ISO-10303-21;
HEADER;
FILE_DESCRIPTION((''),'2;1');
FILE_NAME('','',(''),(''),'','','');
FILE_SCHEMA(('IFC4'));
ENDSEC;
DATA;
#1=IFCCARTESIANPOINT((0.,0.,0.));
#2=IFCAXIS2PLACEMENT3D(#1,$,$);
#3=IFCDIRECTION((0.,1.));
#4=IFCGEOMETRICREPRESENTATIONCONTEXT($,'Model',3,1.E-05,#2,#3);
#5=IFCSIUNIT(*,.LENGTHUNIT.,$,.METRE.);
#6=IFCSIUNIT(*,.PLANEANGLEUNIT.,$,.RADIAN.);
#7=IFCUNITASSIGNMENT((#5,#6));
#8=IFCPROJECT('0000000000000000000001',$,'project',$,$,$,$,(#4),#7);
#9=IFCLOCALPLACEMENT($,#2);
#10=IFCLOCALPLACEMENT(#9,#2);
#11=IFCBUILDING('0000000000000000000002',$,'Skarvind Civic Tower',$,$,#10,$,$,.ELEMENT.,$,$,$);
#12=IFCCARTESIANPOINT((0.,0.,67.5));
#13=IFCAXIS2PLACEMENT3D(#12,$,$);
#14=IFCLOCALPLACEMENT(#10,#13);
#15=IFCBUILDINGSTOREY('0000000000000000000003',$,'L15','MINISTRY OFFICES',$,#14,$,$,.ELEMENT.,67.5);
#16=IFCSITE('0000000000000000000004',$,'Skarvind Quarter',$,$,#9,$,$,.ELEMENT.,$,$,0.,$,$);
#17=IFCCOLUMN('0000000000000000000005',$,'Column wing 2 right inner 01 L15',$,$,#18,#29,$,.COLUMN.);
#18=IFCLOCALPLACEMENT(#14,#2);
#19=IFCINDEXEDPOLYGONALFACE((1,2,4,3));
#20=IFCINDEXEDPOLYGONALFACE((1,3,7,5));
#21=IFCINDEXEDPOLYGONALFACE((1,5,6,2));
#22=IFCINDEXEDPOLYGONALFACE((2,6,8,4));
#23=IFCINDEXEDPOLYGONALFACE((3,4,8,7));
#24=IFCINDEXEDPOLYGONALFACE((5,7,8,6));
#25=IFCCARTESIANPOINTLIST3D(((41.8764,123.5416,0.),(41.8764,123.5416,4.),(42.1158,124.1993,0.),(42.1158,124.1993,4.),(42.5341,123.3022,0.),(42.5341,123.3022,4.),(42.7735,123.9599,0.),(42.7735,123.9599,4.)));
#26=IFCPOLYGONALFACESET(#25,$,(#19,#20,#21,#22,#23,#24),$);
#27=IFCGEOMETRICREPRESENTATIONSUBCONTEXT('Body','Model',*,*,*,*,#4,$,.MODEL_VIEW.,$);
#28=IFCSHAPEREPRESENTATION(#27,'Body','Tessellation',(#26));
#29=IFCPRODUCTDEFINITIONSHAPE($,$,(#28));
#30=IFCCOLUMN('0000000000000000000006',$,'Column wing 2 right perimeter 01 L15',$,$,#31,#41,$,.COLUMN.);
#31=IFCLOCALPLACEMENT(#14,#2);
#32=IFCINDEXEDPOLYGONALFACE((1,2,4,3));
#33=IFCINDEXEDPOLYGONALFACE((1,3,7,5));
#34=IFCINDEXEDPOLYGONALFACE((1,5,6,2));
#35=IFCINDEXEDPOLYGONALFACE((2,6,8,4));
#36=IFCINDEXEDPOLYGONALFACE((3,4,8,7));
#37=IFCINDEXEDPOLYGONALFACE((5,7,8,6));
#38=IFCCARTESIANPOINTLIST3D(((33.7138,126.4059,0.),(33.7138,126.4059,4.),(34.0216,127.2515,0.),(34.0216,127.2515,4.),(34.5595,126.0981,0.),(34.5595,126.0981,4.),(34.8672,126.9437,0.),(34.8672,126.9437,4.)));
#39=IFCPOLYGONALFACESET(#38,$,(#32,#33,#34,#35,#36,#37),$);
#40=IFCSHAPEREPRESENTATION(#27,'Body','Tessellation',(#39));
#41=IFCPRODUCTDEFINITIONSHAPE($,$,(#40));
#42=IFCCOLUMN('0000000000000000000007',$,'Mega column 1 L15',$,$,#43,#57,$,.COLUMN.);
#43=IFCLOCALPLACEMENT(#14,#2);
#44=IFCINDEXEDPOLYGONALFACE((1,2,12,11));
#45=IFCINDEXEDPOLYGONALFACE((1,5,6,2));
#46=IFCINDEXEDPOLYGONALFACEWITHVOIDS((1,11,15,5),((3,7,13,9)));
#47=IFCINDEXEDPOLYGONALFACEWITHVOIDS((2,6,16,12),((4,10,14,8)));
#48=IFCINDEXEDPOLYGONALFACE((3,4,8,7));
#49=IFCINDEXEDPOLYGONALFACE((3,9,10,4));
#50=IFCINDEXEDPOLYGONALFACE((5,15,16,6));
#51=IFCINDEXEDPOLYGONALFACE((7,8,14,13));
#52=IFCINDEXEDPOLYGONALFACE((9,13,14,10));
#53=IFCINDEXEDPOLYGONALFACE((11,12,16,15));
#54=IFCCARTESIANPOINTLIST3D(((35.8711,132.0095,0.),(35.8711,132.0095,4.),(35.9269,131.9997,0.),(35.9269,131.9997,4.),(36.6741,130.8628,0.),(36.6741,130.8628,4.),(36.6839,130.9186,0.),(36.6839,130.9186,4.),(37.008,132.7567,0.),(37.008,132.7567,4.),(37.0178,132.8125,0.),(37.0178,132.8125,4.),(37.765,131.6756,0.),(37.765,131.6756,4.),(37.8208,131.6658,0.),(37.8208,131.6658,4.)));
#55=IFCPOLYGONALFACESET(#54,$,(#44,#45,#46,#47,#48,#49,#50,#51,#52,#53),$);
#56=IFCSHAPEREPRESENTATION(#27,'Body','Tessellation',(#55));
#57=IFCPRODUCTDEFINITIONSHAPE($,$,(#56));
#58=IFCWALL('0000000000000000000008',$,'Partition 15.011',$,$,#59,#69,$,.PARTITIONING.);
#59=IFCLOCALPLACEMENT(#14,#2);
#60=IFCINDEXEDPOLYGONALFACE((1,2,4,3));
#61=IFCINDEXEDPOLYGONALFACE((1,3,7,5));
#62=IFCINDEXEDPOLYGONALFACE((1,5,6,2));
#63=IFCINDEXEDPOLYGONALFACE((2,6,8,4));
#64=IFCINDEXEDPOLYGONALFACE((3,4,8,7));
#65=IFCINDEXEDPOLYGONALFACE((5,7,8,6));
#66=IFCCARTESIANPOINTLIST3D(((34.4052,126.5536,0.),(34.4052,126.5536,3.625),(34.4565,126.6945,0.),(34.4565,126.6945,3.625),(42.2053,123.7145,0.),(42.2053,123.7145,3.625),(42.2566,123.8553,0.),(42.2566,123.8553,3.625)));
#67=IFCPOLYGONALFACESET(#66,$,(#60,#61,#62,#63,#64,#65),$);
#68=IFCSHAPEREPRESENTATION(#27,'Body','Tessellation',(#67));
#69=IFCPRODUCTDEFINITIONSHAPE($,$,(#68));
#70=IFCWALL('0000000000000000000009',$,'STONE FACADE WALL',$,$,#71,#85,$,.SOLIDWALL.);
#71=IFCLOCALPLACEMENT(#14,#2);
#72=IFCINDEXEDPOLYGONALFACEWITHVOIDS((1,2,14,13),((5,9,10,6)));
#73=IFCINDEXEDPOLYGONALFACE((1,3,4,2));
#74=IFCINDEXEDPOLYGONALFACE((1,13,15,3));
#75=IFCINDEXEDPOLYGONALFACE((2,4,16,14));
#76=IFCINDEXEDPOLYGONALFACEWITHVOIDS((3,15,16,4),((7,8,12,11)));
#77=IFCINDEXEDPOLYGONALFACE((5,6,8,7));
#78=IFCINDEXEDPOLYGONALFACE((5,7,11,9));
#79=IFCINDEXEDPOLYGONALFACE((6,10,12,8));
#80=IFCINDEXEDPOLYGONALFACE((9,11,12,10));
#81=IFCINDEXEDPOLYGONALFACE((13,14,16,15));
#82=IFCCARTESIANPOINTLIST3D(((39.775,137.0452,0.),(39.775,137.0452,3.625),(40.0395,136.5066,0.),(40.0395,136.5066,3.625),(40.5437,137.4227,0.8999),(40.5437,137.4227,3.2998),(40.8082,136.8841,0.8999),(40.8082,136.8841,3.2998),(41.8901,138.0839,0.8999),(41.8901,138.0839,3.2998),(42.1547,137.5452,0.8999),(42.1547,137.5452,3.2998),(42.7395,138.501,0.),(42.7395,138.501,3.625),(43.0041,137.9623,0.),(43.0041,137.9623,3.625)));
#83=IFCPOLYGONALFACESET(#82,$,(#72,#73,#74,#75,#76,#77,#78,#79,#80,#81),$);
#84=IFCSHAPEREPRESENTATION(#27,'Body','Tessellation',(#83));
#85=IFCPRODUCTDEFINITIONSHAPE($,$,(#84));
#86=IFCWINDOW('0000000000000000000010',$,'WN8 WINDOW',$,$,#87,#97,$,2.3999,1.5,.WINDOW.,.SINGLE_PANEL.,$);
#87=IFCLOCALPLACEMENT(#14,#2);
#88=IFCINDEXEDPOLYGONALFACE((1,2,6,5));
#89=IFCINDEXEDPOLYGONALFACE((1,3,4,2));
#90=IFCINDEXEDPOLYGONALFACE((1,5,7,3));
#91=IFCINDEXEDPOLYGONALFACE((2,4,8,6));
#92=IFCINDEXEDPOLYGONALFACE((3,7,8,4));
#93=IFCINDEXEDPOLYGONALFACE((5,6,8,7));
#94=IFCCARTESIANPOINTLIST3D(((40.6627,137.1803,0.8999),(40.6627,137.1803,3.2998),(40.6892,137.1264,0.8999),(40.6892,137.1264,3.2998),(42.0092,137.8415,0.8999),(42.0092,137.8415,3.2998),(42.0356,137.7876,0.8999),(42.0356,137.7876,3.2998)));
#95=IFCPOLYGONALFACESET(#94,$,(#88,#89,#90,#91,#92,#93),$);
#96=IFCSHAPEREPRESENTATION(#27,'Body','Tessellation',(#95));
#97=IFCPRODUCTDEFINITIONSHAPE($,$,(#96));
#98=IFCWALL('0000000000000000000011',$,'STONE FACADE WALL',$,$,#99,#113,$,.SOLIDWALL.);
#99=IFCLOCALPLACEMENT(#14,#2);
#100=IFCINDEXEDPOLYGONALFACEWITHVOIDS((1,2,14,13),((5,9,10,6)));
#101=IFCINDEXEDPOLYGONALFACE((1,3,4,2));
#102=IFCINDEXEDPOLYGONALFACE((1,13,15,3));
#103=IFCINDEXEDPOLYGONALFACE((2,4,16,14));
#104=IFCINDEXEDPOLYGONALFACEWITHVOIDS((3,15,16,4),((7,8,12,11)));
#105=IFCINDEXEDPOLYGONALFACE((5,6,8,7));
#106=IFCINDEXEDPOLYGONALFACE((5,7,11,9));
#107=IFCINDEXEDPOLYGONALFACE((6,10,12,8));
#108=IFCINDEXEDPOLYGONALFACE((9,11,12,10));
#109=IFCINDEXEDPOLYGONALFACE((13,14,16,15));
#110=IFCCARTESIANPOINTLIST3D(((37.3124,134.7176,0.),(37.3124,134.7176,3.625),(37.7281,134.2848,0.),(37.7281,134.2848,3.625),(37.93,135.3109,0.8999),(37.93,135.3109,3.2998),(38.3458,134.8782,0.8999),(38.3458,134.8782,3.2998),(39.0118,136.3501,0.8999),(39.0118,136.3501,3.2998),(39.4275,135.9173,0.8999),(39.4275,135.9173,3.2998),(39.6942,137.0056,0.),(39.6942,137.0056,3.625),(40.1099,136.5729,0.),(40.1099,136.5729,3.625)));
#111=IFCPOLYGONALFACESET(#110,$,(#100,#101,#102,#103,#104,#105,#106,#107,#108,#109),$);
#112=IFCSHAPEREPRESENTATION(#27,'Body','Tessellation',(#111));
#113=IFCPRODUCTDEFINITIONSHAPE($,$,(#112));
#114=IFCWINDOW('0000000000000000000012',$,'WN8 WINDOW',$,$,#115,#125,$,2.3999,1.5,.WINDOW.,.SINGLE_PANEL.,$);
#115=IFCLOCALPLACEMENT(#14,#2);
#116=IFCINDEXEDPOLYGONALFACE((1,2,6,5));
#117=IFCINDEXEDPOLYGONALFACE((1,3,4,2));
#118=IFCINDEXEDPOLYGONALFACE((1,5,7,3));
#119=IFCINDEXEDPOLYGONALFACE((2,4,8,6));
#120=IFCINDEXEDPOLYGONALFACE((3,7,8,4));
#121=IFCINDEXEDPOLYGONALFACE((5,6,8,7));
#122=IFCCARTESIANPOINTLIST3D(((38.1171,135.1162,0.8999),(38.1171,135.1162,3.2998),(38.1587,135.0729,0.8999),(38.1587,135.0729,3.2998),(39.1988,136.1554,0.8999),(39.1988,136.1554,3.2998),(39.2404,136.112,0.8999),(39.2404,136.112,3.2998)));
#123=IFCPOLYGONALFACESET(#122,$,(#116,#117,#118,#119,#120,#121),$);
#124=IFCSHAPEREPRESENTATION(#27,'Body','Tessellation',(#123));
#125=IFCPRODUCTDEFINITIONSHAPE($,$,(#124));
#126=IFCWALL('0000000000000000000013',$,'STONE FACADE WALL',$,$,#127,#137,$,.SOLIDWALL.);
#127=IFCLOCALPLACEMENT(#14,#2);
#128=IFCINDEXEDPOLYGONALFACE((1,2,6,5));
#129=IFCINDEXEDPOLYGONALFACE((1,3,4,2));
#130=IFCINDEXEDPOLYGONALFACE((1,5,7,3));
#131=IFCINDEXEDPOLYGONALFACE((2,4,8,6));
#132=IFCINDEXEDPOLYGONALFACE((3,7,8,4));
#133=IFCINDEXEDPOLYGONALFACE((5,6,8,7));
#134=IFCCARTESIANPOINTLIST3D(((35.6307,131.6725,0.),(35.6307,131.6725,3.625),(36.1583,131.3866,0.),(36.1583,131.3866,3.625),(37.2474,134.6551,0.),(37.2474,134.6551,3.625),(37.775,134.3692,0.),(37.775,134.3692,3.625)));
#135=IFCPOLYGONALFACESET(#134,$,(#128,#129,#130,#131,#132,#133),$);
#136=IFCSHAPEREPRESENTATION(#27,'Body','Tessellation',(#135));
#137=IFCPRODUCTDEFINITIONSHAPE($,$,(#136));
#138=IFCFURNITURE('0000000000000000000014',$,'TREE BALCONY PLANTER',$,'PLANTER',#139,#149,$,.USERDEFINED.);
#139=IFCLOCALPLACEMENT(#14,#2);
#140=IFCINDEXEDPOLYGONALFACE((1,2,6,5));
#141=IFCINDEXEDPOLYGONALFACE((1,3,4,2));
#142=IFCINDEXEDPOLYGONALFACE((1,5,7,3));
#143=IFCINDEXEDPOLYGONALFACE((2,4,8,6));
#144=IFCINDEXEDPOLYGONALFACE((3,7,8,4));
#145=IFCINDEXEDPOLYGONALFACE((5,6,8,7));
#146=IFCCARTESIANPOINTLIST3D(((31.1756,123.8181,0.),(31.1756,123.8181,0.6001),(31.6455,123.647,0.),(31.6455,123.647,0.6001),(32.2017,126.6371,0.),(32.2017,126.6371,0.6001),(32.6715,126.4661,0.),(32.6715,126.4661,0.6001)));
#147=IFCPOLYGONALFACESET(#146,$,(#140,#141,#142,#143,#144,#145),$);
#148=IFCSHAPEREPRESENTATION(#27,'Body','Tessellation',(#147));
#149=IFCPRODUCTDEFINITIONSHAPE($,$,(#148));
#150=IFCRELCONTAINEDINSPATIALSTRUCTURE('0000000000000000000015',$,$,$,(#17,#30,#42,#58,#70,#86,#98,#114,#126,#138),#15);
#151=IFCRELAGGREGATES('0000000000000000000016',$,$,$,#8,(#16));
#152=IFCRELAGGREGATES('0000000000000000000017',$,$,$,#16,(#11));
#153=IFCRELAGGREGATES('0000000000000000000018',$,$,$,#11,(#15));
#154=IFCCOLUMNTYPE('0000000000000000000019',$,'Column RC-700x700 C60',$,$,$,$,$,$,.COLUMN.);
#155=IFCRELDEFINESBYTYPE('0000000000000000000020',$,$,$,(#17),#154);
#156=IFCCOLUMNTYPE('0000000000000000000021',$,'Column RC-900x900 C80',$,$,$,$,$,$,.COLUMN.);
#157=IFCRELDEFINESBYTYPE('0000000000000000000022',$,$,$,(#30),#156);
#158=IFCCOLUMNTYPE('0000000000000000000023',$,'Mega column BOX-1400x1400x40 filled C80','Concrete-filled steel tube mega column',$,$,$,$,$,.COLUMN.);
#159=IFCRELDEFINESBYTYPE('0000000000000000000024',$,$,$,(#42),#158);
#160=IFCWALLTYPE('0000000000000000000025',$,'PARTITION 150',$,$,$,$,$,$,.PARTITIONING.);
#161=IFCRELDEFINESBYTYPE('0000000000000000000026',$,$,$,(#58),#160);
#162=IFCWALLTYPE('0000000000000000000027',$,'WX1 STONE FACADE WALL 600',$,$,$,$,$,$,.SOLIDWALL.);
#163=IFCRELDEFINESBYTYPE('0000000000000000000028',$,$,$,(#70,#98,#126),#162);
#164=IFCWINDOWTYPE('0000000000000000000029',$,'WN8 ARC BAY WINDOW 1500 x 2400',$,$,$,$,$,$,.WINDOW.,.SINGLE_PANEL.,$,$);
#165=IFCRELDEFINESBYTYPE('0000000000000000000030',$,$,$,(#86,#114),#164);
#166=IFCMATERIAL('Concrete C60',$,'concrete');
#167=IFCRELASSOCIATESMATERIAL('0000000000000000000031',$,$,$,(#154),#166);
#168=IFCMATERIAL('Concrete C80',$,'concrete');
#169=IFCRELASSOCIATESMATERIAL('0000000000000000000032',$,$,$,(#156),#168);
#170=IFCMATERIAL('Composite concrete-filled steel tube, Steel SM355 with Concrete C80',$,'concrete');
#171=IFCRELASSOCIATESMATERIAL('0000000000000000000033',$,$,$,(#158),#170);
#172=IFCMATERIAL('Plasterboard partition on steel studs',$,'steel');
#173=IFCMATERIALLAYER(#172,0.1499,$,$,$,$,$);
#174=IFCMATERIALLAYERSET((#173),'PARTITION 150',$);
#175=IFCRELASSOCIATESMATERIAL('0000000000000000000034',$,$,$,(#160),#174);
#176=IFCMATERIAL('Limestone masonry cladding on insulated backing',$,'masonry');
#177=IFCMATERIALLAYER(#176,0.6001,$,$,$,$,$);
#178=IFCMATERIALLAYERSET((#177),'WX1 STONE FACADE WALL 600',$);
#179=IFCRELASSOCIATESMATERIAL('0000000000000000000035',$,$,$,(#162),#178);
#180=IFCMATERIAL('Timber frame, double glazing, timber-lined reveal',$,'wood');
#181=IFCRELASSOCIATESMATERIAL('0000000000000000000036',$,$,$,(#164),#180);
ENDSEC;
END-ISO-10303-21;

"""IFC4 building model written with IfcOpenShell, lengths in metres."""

from ifc_helpers import new_model, si_unit, direction, frame, frame_2d, origin, origin_2d, place, context, subcontext, project, spatial, rectangle, hollow_rectangle, extrude, material, layer, layer_set, material_profile, profile_set, type_object, element, fill, save


model = new_model("IFC4")

# Units and contexts
model_context = context("Model", 3, precision=1e-05, world=origin(), true_north=direction((0.0, 1.0)))
body_context = subcontext(model_context, "Body", "Model", "MODEL_VIEW")
ifc_project = project(units=[si_unit("LENGTHUNIT", "METRE"), si_unit("PLANEANGLEUNIT", "RADIAN")], contexts=[model_context])

# Site, building, storey
site_placement = place(None, origin())
site = spatial("IfcSite", under=ifc_project, at=site_placement, Name="Skarvind Quarter", CompositionType="ELEMENT", RefElevation=0.0)
building_placement = place(site_placement, origin())
building = spatial("IfcBuilding", under=site, at=building_placement, Name="Skarvind Civic Tower", CompositionType="ELEMENT")
storey_placement = place(building_placement, frame((0.0, 0.0, 67.5)))
storey = spatial("IfcBuildingStorey", under=building, at=storey_placement, Name="L15", Description="MINISTRY OFFICES", CompositionType="ELEMENT", Elevation=67.5)

# Columns
ifc_material_1 = material(Name="Concrete C60", Category="concrete")
ifc_material_profile_1 = material_profile(ifc_material_1, rectangle(XDim=0.7, YDim=0.7, at=origin_2d()), Name="RC-700x700")
ifc_profile_set_1 = profile_set([ifc_material_profile_1], Name="Concrete C60")
column_type_1 = type_object("IfcColumnType", Name="Column RC-700x700 C60", PredefinedType="COLUMN", material=ifc_profile_set_1)
column_1_placement = place(storey_placement, frame((42.325, 123.7507, 0.0), z_axis=(0.0, 0.0, 1.0), x_axis=(-0.34202, -0.939693, 0.0)))
element("IfcColumn", 1, at=column_1_placement, inside=storey, type_object=column_type_1, Name="Column wing 2 right inner 01 L15", PredefinedType="COLUMN", context=body_context, shape_type="SweptSolid", body=[
    extrude(rectangle(XDim=0.7, YDim=0.7, at=origin_2d()), origin(), (0.0, 0.0, 1.0), 4.0),
])
ifc_material_2 = material(Name="Concrete C80", Category="concrete")
ifc_material_profile_2 = material_profile(ifc_material_2, rectangle(XDim=0.8999, YDim=0.8999, at=origin_2d()), Name="RC-900x900")
ifc_profile_set_2 = profile_set([ifc_material_profile_2], Name="Concrete C80")
column_type_2 = type_object("IfcColumnType", Name="Column RC-900x900 C80", PredefinedType="COLUMN", material=ifc_profile_set_2)
column_2_placement = place(storey_placement, frame((34.2905, 126.6748, 0.0), z_axis=(0.0, 0.0, 1.0), x_axis=(-0.34202, -0.939693, 0.0)))
element("IfcColumn", 2, at=column_2_placement, inside=storey, type_object=column_type_2, Name="Column wing 2 right perimeter 01 L15", PredefinedType="COLUMN", context=body_context, shape_type="SweptSolid", body=[
    extrude(rectangle(XDim=0.8999, YDim=0.8999, at=origin_2d()), origin(), (0.0, 0.0, 1.0), 4.0),
])
ifc_material_3 = material(Name="Composite concrete-filled steel tube, Steel SM355 with Concrete C80", Category="concrete")
ifc_material_profile_3 = material_profile(ifc_material_3, hollow_rectangle(XDim=1.3999, YDim=1.3999, WallThickness=0.04, at=origin_2d()), Name="BOX-1400x1400x40")
ifc_profile_set_3 = profile_set([ifc_material_profile_3], Name="Composite concrete-filled steel tube, Steel SM355 with Concrete C80")
column_type_3 = type_object("IfcColumnType", Name="Mega column BOX-1400x1400x40 filled C80", Description="Concrete-filled steel tube mega column", PredefinedType="COLUMN", material=ifc_profile_set_3)
column_3_placement = place(storey_placement, frame((36.8459, 131.8376, 0.0), z_axis=(0.0, 0.0, 1.0), x_axis=(0.573576, -0.819152, 0.0)))
element("IfcColumn", 3, at=column_3_placement, inside=storey, type_object=column_type_3, Name="Mega column 1 L15", PredefinedType="COLUMN", context=body_context, shape_type="SweptSolid", body=[
    extrude(hollow_rectangle(XDim=1.3999, YDim=1.3999, WallThickness=0.04, at=origin_2d()), origin(), (0.0, 0.0, 1.0), 4.0),
])

# Wall
ifc_material_4 = material(Name="Plasterboard partition on steel studs", Category="steel")
ifc_layer_1 = layer(ifc_material_4, 0.1499)
ifc_layer_set_1 = layer_set([ifc_layer_1], Name="PARTITION 150")
wall_type_1 = type_object("IfcWallType", Name="PARTITION 150", PredefinedType="PARTITIONING", material=ifc_layer_set_1)
wall_1_placement = place(storey_placement, frame((42.231, 123.7849, 0.0), z_axis=(0.0, 0.0, 1.0), x_axis=(-0.939688, 0.342034, 0.0)))
element("IfcWall", 4, at=wall_1_placement, inside=storey, type_object=wall_type_1, Name="Partition 15.011", PredefinedType="PARTITIONING", context=body_context, shape_type="SweptSolid", body=[
    extrude(rectangle(XDim=8.3008, YDim=0.1499, at=frame_2d((4.1504, 0.0))), origin(), (0.0, 0.0, 1.0), 3.625),
])

# Walls, openings, windows
ifc_material_5 = material(Name="Limestone masonry cladding on insulated backing", Category="masonry")
ifc_layer_2 = layer(ifc_material_5, 0.6001)
ifc_layer_set_2 = layer_set([ifc_layer_2], Name="WX1 STONE FACADE WALL 600")
wall_type_2 = type_object("IfcWallType", Name="WX1 STONE FACADE WALL 600", PredefinedType="SOLIDWALL", material=ifc_layer_set_2)
wall_2_placement = place(storey_placement, frame((39.9072, 136.7759, 0.0), z_axis=(0.0, 0.0, 1.0), x_axis=(0.897612, 0.440786, 0.0)))
wall_2 = element("IfcWall", 5, at=wall_2_placement, inside=storey, type_object=wall_type_2, Name="STONE FACADE WALL", PredefinedType="SOLIDWALL", context=body_context, shape_type="SweptSolid", body=[
    extrude(rectangle(XDim=3.3027, YDim=0.6001, at=frame_2d((1.6514, 0.0))), origin(), (0.0, 0.0, 1.0), 3.625),
])
opening_1_placement = place(wall_2_placement, frame((0.8564, 0.0, 0.8999)))
opening_1 = element("IfcOpeningElement", 6, at=opening_1_placement, cuts=wall_2, PredefinedType="OPENING", context=body_context, shape_type="SweptSolid", body=[
    extrude(rectangle(XDim=1.5, YDim=2.3999, at=frame_2d((0.75, 1.2))), frame((0.0, 0.3101, 0.0), z_axis=(0.0, -1.0, 0.0), x_axis=(1.0, 0.0, 0.0)), (0.0, 0.0, 1.0), 0.6201),
])
ifc_material_6 = material(Name="Timber frame, double glazing, timber-lined reveal", Category="wood")
window_type = type_object("IfcWindowType", Name="WN8 ARC BAY WINDOW 1500 x 2400", PartitioningType="SINGLE_PANEL", PredefinedType="WINDOW", material=ifc_material_6)
window_1_placement = place(opening_1_placement, origin())
window_1 = element("IfcWindow", 7, at=window_1_placement, inside=storey, type_object=window_type, Name="WN8 WINDOW", OverallHeight=2.3999, OverallWidth=1.5, PartitioningType="SINGLE_PANEL", PredefinedType="WINDOW", context=body_context, shape_type="SweptSolid", body=[
    extrude(rectangle(XDim=1.5, YDim=2.3999, at=frame_2d((0.75, 1.2))), frame((0.0, 0.03, 0.0), z_axis=(0.0, -1.0, 0.0), x_axis=(1.0, 0.0, 0.0)), (0.0, 0.0, 1.0), 0.0601),
])
fill(opening_1, window_1)
wall_3_placement = place(storey_placement, frame((37.5203, 134.5012, 0.0), z_axis=(0.0, 0.0, 1.0), x_axis=(0.721157, 0.692772, 0.0)))
wall_3 = element("IfcWall", 8, at=wall_3_placement, inside=storey, type_object=wall_type_2, Name="STONE FACADE WALL", PredefinedType="SOLIDWALL", context=body_context, shape_type="SweptSolid", body=[
    extrude(rectangle(XDim=3.3027, YDim=0.6001, at=frame_2d((1.6514, 0.0))), origin(), (0.0, 0.0, 1.0), 3.625),
])
opening_2_placement = place(wall_3_placement, frame((0.8564, 0.0, 0.8999)))
opening_2 = element("IfcOpeningElement", 9, at=opening_2_placement, cuts=wall_3, PredefinedType="OPENING", context=body_context, shape_type="SweptSolid", body=[
    extrude(rectangle(XDim=1.5, YDim=2.3999, at=frame_2d((0.75, 1.2))), frame((0.0, 0.3101, 0.0), z_axis=(0.0, -1.0, 0.0), x_axis=(1.0, 0.0, 0.0)), (0.0, 0.0, 1.0), 0.6201),
])
window_2_placement = place(opening_2_placement, origin())
window_2 = element("IfcWindow", 10, at=window_2_placement, inside=storey, type_object=window_type, Name="WN8 WINDOW", OverallHeight=2.3999, OverallWidth=1.5, PartitioningType="SINGLE_PANEL", PredefinedType="WINDOW", context=body_context, shape_type="SweptSolid", body=[
    extrude(rectangle(XDim=1.5, YDim=2.3999, at=frame_2d((0.75, 1.2))), frame((0.0, 0.03, 0.0), z_axis=(0.0, -1.0, 0.0), x_axis=(1.0, 0.0, 0.0)), (0.0, 0.0, 1.0), 0.0601),
])
fill(opening_2, window_2)

# Wall
wall_4_placement = place(storey_placement, frame((35.8945, 131.5295, 0.0), z_axis=(0.0, 0.0, 1.0), x_axis=(0.476531, 0.879158, 0.0)))
element("IfcWall", 11, at=wall_4_placement, inside=storey, type_object=wall_type_2, Name="STONE FACADE WALL", PredefinedType="SOLIDWALL", context=body_context, shape_type="SweptSolid", body=[
    extrude(rectangle(XDim=3.3926, YDim=0.6001, at=frame_2d((1.6963, 0.0))), origin(), (0.0, 0.0, 1.0), 3.625),
])

# Furniture
furniture_placement = place(storey_placement, frame((31.9236, 125.1421, 0.0), z_axis=(0.0, 0.0, 1.0), x_axis=(0.34202, 0.939693, 0.0)))
element("IfcFurniture", 12, at=furniture_placement, inside=storey, Name="TREE BALCONY PLANTER", ObjectType="PLANTER", PredefinedType="USERDEFINED", context=body_context, shape_type="SweptSolid", body=[
    extrude(rectangle(XDim=3.0, YDim=0.5, at=origin_2d()), origin(), (0.0, 0.0, 1.0), 0.6001),
])

save(model, "model.ifc")
